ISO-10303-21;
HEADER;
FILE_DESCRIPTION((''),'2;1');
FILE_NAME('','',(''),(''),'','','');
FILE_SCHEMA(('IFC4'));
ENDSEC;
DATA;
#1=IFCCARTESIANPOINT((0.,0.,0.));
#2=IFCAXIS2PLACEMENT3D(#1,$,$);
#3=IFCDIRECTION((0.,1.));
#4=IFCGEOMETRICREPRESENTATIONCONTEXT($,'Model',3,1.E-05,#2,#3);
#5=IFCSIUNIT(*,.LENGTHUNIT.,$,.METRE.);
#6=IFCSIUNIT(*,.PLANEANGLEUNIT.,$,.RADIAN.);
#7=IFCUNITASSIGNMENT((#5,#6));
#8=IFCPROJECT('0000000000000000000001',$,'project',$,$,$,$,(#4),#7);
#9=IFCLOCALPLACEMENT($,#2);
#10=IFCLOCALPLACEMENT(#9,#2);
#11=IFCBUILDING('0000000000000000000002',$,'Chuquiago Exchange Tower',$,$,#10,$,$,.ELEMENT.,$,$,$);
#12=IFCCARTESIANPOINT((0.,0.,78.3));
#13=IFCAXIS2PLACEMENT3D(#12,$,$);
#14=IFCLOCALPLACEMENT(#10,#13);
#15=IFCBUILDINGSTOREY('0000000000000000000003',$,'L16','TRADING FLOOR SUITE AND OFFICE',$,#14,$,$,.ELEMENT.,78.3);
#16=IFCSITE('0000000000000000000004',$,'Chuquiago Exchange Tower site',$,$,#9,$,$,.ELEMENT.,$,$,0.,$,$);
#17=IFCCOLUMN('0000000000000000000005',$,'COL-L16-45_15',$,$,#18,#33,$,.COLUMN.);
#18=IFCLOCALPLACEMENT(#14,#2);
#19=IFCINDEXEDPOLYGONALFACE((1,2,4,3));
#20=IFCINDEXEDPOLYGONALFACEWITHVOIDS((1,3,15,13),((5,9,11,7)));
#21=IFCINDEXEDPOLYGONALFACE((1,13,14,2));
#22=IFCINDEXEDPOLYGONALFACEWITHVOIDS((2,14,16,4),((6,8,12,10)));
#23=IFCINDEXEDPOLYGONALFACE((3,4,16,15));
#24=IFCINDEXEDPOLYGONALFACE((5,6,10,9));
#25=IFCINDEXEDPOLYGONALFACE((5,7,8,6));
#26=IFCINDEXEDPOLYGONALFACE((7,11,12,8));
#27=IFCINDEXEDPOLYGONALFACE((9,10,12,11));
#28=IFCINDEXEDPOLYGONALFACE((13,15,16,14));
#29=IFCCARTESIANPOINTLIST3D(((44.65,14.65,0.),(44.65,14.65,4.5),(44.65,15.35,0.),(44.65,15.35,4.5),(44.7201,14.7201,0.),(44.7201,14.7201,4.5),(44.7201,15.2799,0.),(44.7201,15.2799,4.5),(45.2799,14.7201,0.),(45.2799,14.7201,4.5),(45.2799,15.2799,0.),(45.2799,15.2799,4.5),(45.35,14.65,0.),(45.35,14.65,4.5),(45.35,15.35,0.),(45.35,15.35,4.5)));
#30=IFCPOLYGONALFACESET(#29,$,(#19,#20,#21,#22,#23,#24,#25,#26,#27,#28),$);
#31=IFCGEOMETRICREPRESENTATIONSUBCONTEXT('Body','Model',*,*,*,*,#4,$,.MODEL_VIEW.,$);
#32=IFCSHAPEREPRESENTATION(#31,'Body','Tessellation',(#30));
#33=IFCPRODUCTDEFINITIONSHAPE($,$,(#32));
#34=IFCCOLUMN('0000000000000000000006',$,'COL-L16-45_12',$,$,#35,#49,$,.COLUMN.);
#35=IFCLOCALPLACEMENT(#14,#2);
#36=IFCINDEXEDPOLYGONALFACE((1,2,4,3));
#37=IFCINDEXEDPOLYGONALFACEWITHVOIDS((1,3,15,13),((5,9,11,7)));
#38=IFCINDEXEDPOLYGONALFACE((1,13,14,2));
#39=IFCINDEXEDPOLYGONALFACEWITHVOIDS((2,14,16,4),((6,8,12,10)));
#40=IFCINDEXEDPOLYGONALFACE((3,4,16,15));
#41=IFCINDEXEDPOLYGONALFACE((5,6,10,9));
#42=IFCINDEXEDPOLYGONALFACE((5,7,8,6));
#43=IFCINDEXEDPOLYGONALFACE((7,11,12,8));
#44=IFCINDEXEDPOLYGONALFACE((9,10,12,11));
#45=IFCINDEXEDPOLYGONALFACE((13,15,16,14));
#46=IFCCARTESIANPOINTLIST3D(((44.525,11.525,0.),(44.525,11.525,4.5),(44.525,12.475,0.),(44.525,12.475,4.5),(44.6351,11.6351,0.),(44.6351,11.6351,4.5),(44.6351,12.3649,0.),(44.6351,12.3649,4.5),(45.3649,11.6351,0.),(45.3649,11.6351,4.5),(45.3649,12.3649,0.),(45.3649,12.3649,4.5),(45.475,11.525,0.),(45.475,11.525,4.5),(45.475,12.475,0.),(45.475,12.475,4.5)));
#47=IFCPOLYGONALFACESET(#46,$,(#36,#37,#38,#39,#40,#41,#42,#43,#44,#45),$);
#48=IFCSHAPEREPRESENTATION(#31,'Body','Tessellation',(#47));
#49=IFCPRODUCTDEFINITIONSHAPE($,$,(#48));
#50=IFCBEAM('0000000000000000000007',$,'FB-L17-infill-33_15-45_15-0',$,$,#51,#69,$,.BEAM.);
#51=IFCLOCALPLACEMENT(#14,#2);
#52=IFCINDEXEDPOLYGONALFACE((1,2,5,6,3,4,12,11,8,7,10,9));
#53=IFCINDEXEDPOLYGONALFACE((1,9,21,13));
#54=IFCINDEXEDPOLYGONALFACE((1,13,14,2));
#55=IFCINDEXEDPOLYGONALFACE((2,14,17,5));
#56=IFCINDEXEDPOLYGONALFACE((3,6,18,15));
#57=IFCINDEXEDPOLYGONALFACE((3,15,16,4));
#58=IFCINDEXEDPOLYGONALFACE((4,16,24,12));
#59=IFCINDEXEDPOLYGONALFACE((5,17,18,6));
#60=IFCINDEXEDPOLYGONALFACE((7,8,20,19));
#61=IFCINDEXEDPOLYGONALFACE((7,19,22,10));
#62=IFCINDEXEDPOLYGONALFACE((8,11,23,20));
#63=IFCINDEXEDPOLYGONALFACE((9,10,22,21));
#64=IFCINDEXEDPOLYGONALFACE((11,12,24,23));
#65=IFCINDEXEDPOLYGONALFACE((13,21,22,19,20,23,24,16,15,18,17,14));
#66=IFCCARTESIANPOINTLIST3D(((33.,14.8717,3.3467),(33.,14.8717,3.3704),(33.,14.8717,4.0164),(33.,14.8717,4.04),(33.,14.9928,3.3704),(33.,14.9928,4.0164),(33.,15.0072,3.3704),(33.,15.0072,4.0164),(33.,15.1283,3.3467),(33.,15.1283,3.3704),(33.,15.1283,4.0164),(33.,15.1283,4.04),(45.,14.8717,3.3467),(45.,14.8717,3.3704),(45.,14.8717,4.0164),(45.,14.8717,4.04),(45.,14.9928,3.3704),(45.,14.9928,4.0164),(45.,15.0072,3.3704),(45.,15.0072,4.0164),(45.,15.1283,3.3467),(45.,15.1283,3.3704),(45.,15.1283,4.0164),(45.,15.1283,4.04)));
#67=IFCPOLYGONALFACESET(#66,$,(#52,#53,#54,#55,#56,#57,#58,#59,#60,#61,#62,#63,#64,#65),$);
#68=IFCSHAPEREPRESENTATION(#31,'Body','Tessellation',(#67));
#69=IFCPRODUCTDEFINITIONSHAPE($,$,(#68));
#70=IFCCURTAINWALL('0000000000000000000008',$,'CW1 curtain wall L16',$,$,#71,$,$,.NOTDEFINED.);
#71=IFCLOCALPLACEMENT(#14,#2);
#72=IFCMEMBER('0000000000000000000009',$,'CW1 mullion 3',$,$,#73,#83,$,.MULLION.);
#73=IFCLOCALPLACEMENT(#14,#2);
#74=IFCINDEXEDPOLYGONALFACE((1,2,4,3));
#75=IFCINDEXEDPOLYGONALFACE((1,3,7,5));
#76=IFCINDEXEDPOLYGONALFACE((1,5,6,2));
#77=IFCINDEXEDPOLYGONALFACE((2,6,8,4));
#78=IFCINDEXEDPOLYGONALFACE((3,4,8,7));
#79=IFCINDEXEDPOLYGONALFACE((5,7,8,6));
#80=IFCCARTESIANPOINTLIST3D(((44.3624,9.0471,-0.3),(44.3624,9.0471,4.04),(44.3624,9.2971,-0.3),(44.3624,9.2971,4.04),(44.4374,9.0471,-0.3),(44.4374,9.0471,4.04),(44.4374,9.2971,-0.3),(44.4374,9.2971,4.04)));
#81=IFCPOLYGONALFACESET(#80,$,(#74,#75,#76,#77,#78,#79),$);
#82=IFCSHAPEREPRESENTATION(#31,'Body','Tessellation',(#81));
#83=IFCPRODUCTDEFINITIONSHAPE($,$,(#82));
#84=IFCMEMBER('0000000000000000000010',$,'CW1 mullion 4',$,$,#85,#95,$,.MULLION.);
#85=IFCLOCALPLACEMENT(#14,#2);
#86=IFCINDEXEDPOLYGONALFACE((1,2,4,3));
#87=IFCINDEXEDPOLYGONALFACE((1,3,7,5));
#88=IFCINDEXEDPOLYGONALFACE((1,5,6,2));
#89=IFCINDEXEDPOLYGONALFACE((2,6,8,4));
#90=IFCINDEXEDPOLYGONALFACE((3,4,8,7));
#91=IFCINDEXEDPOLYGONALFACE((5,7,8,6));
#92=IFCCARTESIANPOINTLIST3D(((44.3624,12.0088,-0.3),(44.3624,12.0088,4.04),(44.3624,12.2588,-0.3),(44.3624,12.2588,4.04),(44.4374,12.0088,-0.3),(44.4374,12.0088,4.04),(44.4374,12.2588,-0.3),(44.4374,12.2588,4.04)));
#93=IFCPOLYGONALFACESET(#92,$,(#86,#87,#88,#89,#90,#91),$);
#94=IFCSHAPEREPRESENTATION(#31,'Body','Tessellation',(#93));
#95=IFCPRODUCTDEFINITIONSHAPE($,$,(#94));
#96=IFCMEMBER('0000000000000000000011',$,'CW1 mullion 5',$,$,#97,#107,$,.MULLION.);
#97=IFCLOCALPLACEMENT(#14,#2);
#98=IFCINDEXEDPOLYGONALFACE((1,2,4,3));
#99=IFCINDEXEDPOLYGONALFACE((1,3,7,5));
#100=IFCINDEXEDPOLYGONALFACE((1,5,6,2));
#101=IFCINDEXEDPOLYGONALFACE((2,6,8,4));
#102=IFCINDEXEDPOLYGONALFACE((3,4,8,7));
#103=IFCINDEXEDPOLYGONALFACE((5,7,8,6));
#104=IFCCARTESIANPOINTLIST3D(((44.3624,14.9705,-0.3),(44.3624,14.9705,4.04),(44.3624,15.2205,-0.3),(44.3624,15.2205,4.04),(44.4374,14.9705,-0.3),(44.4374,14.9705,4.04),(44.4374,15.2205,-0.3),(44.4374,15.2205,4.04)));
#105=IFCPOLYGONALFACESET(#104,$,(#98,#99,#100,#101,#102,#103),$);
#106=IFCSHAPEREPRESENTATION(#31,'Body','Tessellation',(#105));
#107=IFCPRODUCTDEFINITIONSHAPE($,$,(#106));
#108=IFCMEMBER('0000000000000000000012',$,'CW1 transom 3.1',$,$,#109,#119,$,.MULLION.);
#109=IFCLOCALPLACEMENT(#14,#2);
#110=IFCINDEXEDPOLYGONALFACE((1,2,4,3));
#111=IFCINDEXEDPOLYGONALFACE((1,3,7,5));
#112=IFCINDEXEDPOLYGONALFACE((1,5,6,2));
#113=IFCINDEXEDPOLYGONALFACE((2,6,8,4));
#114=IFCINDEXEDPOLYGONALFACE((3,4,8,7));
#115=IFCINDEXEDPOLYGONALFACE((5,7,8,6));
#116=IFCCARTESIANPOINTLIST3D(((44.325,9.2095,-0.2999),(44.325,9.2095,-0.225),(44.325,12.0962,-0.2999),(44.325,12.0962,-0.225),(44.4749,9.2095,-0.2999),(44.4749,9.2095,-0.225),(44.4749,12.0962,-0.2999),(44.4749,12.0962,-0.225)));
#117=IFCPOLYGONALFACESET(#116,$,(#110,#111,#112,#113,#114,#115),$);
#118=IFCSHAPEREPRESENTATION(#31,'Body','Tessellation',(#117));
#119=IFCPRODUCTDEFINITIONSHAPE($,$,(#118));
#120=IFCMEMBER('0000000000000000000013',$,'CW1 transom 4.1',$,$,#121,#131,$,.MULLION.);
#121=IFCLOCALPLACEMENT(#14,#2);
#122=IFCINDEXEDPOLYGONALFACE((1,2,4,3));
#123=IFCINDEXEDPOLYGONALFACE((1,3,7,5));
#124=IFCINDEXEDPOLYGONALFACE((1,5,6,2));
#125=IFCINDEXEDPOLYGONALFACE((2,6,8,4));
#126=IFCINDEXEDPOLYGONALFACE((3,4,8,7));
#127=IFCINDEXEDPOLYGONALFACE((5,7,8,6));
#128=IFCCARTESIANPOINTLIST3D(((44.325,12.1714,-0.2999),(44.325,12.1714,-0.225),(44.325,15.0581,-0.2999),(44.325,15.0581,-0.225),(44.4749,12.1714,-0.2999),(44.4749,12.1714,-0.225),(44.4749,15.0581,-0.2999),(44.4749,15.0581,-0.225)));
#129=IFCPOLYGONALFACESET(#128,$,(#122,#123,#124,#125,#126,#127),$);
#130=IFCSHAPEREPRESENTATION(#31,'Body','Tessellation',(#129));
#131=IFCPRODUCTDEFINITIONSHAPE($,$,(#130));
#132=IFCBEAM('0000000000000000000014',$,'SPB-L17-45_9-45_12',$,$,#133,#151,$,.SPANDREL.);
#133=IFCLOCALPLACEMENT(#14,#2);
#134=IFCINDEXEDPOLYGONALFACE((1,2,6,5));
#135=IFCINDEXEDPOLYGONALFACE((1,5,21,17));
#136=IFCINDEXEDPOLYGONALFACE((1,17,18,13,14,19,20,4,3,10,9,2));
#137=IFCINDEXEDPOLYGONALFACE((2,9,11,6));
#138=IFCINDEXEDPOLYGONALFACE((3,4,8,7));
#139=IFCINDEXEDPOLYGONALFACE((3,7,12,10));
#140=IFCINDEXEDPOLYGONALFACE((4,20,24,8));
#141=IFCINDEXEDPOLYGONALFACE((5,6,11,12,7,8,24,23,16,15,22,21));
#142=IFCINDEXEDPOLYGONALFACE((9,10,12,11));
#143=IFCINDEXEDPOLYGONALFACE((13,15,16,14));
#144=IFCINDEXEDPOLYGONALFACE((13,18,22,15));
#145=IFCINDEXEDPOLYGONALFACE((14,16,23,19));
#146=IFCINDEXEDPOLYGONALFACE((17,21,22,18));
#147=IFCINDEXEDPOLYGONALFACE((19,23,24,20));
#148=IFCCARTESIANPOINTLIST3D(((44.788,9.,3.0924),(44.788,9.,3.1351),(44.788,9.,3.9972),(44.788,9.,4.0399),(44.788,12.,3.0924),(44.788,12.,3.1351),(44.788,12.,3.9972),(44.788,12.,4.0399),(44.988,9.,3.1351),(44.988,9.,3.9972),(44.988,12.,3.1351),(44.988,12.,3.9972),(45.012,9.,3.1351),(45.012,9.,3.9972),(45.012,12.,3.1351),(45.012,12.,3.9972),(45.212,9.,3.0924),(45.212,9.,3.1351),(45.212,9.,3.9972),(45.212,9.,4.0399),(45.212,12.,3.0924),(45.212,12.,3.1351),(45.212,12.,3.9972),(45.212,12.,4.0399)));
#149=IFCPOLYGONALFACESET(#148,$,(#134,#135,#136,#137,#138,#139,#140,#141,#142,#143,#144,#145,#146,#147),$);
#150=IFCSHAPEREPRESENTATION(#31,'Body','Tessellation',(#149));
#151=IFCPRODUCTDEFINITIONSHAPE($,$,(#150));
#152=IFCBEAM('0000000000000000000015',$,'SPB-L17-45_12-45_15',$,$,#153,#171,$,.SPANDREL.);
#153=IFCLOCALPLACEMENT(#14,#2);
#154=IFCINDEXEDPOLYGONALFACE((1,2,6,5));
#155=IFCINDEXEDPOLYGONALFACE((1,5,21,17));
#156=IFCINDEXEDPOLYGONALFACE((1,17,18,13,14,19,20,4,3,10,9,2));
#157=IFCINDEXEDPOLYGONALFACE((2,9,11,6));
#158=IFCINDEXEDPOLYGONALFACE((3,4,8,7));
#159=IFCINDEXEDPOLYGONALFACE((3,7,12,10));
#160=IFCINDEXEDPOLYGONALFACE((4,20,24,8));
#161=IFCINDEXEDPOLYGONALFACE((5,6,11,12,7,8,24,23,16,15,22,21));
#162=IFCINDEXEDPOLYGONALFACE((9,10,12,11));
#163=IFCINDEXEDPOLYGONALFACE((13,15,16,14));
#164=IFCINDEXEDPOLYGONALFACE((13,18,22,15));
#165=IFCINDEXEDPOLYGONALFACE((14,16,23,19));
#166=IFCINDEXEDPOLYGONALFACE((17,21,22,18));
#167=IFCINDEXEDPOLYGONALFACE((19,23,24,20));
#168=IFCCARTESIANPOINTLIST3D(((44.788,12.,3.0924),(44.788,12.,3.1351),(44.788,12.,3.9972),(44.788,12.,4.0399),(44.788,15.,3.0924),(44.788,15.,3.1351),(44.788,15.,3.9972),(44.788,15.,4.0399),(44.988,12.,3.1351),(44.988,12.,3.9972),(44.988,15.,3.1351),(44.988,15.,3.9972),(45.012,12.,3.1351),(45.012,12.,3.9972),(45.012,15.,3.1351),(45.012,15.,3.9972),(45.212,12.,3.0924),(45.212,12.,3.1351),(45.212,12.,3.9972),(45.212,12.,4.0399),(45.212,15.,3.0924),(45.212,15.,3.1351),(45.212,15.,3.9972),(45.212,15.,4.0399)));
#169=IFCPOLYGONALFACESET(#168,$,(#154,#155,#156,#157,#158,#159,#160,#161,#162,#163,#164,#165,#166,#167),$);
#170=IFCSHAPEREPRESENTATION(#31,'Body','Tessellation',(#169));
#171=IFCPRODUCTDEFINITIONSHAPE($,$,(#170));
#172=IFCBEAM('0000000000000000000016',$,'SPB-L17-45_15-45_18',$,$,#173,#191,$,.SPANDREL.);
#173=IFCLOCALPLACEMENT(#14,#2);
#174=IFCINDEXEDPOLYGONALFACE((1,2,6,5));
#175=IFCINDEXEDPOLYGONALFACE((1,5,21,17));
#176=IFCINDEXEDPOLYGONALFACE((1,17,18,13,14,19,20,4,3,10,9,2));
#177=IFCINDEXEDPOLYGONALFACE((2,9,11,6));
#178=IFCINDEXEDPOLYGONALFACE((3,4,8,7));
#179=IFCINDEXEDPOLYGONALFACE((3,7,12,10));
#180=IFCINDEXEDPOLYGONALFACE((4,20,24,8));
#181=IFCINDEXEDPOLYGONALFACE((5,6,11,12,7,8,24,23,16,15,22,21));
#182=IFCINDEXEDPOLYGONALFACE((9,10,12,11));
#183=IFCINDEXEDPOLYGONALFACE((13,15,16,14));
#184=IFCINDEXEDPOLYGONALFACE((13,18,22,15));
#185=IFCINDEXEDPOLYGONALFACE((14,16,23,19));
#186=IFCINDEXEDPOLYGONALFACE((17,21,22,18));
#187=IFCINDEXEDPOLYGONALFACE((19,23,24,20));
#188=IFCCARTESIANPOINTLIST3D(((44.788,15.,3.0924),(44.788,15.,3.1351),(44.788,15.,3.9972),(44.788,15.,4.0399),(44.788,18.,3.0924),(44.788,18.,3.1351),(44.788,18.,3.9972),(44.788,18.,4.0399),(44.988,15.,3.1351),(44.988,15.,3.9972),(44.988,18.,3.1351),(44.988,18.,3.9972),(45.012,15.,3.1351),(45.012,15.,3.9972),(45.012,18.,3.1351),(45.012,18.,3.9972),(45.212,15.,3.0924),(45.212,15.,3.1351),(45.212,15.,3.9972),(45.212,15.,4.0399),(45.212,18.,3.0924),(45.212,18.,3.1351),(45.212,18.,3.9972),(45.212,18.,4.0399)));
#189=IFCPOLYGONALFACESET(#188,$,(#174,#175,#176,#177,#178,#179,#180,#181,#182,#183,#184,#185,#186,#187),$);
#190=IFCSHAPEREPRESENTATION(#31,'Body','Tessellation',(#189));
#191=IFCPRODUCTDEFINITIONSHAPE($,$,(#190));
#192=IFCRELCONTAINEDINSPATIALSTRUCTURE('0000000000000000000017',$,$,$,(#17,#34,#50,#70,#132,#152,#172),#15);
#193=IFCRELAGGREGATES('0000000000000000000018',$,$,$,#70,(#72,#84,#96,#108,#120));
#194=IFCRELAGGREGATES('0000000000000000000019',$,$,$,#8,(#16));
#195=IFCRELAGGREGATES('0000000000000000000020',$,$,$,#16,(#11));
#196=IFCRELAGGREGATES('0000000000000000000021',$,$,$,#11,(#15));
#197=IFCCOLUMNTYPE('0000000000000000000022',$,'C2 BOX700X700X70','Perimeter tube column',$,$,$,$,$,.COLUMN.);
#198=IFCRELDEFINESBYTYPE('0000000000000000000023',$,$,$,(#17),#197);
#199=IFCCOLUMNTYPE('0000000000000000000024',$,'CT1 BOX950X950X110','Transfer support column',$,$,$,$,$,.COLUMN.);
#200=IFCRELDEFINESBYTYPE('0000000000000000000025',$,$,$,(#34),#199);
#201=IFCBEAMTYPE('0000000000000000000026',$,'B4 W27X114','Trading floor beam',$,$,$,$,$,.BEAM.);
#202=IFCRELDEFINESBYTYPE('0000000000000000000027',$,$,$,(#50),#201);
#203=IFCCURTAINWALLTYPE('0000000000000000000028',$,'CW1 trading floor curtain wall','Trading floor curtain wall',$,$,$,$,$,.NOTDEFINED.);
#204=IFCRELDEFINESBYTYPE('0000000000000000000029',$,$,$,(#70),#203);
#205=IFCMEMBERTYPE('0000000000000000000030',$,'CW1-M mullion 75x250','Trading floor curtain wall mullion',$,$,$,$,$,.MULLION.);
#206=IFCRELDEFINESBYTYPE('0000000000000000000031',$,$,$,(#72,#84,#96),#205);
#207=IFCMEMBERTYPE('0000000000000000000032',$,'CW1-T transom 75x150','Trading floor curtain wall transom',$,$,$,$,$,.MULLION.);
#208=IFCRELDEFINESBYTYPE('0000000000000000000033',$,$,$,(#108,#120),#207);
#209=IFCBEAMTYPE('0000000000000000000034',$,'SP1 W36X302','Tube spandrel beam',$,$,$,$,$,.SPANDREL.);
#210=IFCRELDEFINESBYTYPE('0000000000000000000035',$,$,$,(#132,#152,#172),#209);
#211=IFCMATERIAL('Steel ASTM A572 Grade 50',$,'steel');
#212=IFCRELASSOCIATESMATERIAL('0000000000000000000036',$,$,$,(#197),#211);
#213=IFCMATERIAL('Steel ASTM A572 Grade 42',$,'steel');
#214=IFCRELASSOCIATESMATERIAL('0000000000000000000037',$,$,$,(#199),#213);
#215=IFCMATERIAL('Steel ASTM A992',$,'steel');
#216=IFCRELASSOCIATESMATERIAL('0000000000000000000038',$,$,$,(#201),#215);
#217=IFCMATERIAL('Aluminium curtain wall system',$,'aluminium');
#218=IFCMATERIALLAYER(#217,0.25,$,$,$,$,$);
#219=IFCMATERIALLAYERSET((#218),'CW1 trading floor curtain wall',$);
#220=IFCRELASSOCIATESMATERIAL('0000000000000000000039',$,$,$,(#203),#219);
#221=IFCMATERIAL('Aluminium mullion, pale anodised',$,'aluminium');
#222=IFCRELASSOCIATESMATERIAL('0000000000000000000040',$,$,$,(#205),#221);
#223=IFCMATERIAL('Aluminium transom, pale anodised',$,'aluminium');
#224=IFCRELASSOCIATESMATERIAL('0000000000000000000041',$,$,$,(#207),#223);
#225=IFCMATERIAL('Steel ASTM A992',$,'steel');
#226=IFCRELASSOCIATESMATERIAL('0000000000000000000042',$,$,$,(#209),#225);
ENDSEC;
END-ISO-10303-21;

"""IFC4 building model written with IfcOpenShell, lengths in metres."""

from ifc_helpers import new_model, si_unit, direction, frame, origin, origin_2d, place, context, subcontext, project, spatial, rectangle, hollow_rectangle, i_section, extrude, material, layer, layer_set, material_profile, profile_set, type_object, element, aggregate, save


model = new_model("IFC4")

# Units and contexts
model_context = context("Model", 3, precision=1e-05, world=origin(), true_north=direction((0.0, 1.0)))
body_context = subcontext(model_context, "Body", "Model", "MODEL_VIEW")
ifc_project = project(units=[si_unit("LENGTHUNIT", "METRE"), si_unit("PLANEANGLEUNIT", "RADIAN")], contexts=[model_context])

# Site, building, storey
site_placement = place(None, origin())
site = spatial("IfcSite", under=ifc_project, at=site_placement, Name="Chuquiago Exchange Tower site", CompositionType="ELEMENT", RefElevation=0.0)
building_placement = place(site_placement, origin())
building = spatial("IfcBuilding", under=site, at=building_placement, Name="Chuquiago Exchange Tower", CompositionType="ELEMENT")
storey_placement = place(building_placement, frame((0.0, 0.0, 78.3)))
storey = spatial("IfcBuildingStorey", under=building, at=storey_placement, Name="L16", Description="TRADING FLOOR SUITE AND OFFICE", CompositionType="ELEMENT", Elevation=78.3)

# Columns
ifc_material_1 = material(Name="Steel ASTM A572 Grade 50", Category="steel")
ifc_material_profile_1 = material_profile(ifc_material_1, hollow_rectangle(XDim=0.7, YDim=0.7, WallThickness=0.0701, at=origin_2d()), Name="BOX700X700X70")
ifc_profile_set_1 = profile_set([ifc_material_profile_1], Name="Steel ASTM A572 Grade 50")
column_type_1 = type_object("IfcColumnType", Name="C2 BOX700X700X70", Description="Perimeter tube column", PredefinedType="COLUMN", material=ifc_profile_set_1)
column_1_placement = place(storey_placement, frame((45.0, 15.0, 0.0), z_axis=(0.0, 0.0, 1.0), x_axis=(1.0, 0.0, 0.0)))
element("IfcColumn", 1, at=column_1_placement, inside=storey, type_object=column_type_1, Name="COL-L16-45_15", PredefinedType="COLUMN", context=body_context, shape_type="SweptSolid", body=[
    extrude(hollow_rectangle(XDim=0.7, YDim=0.7, WallThickness=0.0701, at=origin_2d()), origin(), (0.0, 0.0, 1.0), 4.5),
])
ifc_material_2 = material(Name="Steel ASTM A572 Grade 42", Category="steel")
ifc_material_profile_2 = material_profile(ifc_material_2, hollow_rectangle(XDim=0.95, YDim=0.95, WallThickness=0.1101, at=origin_2d()), Name="BOX950X950X110")
ifc_profile_set_2 = profile_set([ifc_material_profile_2], Name="Steel ASTM A572 Grade 42")
column_type_2 = type_object("IfcColumnType", Name="CT1 BOX950X950X110", Description="Transfer support column", PredefinedType="COLUMN", material=ifc_profile_set_2)
column_2_placement = place(storey_placement, frame((45.0, 12.0, 0.0), z_axis=(0.0, 0.0, 1.0), x_axis=(1.0, 0.0, 0.0)))
element("IfcColumn", 2, at=column_2_placement, inside=storey, type_object=column_type_2, Name="COL-L16-45_12", PredefinedType="COLUMN", context=body_context, shape_type="SweptSolid", body=[
    extrude(hollow_rectangle(XDim=0.95, YDim=0.95, WallThickness=0.1101, at=origin_2d()), origin(), (0.0, 0.0, 1.0), 4.5),
])

# Beam
ifc_material_3 = material(Name="Steel ASTM A992", Category="steel")
ifc_material_profile_3 = material_profile(ifc_material_3, i_section(OverallWidth=0.2566, OverallDepth=0.6934, WebThickness=0.0144, FlangeThickness=0.0237, at=origin_2d()), Name="W27X114")
ifc_profile_set_3 = profile_set([ifc_material_profile_3], Name="Steel ASTM A992")
beam_type_1 = type_object("IfcBeamType", Name="B4 W27X114", Description="Trading floor beam", PredefinedType="BEAM", material=ifc_profile_set_3)
beam_placement = place(storey_placement, frame((33.0, 15.0, 3.6934), z_axis=(1.0, 0.0, 0.0), x_axis=(0.0, 1.0, 0.0)))
element("IfcBeam", 3, at=beam_placement, inside=storey, type_object=beam_type_1, Name="FB-L17-infill-33_15-45_15-0", PredefinedType="BEAM", context=body_context, shape_type="SweptSolid", body=[
    extrude(i_section(OverallWidth=0.2566, OverallDepth=0.6934, WebThickness=0.0144, FlangeThickness=0.0237, at=origin_2d()), origin(), (0.0, 0.0, 1.0), 12.0),
])

# Curtain wall, members
ifc_material_4 = material(Name="Aluminium curtain wall system", Category="aluminium")
ifc_layer_1 = layer(ifc_material_4, 0.25)
ifc_layer_set_1 = layer_set([ifc_layer_1], Name="CW1 trading floor curtain wall")
curtain_wall_type = type_object("IfcCurtainWallType", Name="CW1 trading floor curtain wall", Description="Trading floor curtain wall", PredefinedType="NOTDEFINED", material=ifc_layer_set_1)
curtain_wall_placement = place(storey_placement, origin())
curtain_wall = element("IfcCurtainWall", 4, at=curtain_wall_placement, inside=storey, type_object=curtain_wall_type, Name="CW1 curtain wall L16", PredefinedType="NOTDEFINED")
ifc_material_5 = material(Name="Aluminium mullion, pale anodised", Category="aluminium")
ifc_material_profile_4 = material_profile(ifc_material_5, rectangle(XDim=0.075, YDim=0.25, at=origin_2d()), Name="AL 75x250")
ifc_profile_set_4 = profile_set([ifc_material_profile_4], Name="Aluminium mullion, pale anodised")
member_type_1 = type_object("IfcMemberType", Name="CW1-M mullion 75x250", Description="Trading floor curtain wall mullion", PredefinedType="MULLION", material=ifc_profile_set_4)
member_1_placement = place(storey_placement, frame((44.3999, 9.1721, -0.3), z_axis=(0.0, 0.0, 1.0), x_axis=(-1.0, 0.0, 0.0)))
member_1 = element("IfcMember", 5, at=member_1_placement, type_object=member_type_1, Name="CW1 mullion 3", PredefinedType="MULLION", context=body_context, shape_type="SweptSolid", body=[
    extrude(rectangle(XDim=0.075, YDim=0.25, at=origin_2d()), origin(), (0.0, 0.0, 1.0), 4.3401),
])
member_2_placement = place(storey_placement, frame((44.3999, 12.1338, -0.3), z_axis=(0.0, 0.0, 1.0), x_axis=(-1.0, 0.0, 0.0)))
member_2 = element("IfcMember", 6, at=member_2_placement, type_object=member_type_1, Name="CW1 mullion 4", PredefinedType="MULLION", context=body_context, shape_type="SweptSolid", body=[
    extrude(rectangle(XDim=0.075, YDim=0.25, at=origin_2d()), origin(), (0.0, 0.0, 1.0), 4.3401),
])
member_3_placement = place(storey_placement, frame((44.3999, 15.0955, -0.3), z_axis=(0.0, 0.0, 1.0), x_axis=(-1.0, 0.0, 0.0)))
member_3 = element("IfcMember", 7, at=member_3_placement, type_object=member_type_1, Name="CW1 mullion 5", PredefinedType="MULLION", context=body_context, shape_type="SweptSolid", body=[
    extrude(rectangle(XDim=0.075, YDim=0.25, at=origin_2d()), origin(), (0.0, 0.0, 1.0), 4.3401),
])
ifc_material_6 = material(Name="Aluminium transom, pale anodised", Category="aluminium")
ifc_material_profile_5 = material_profile(ifc_material_6, rectangle(XDim=0.1499, YDim=0.075, at=origin_2d()), Name="AL 150x75")
ifc_profile_set_5 = profile_set([ifc_material_profile_5], Name="Aluminium transom, pale anodised")
member_type_2 = type_object("IfcMemberType", Name="CW1-T transom 75x150", Description="Trading floor curtain wall transom", PredefinedType="MULLION", material=ifc_profile_set_5)
member_4_placement = place(storey_placement, frame((44.3999, 9.2095, -0.2625), z_axis=(0.0, 1.0, 0.0), x_axis=(-1.0, 0.0, 0.0)))
member_4 = element("IfcMember", 8, at=member_4_placement, type_object=member_type_2, Name="CW1 transom 3.1", PredefinedType="MULLION", context=body_context, shape_type="SweptSolid", body=[
    extrude(rectangle(XDim=0.1499, YDim=0.075, at=origin_2d()), origin(), (0.0, 0.0, 1.0), 2.8867),
])
member_5_placement = place(storey_placement, frame((44.3999, 12.1714, -0.2625), z_axis=(0.0, 1.0, 0.0), x_axis=(-1.0, 0.0, 0.0)))
member_5 = element("IfcMember", 9, at=member_5_placement, type_object=member_type_2, Name="CW1 transom 4.1", PredefinedType="MULLION", context=body_context, shape_type="SweptSolid", body=[
    extrude(rectangle(XDim=0.1499, YDim=0.075, at=origin_2d()), origin(), (0.0, 0.0, 1.0), 2.8867),
])

# Beams
ifc_material_7 = material(Name="Steel ASTM A992", Category="steel")
ifc_material_profile_6 = material_profile(ifc_material_7, i_section(OverallWidth=0.4241, OverallDepth=0.9475, WebThickness=0.0239, FlangeThickness=0.0427, at=origin_2d()), Name="W36X302")
ifc_profile_set_6 = profile_set([ifc_material_profile_6], Name="Steel ASTM A992")
beam_type_2 = type_object("IfcBeamType", Name="SP1 W36X302", Description="Tube spandrel beam", PredefinedType="SPANDREL", material=ifc_profile_set_6)
for number, where, z_axis, x_axis, name in (
    (10, (45.0, 9.0, 3.5662), (0.0, 1.0, 0.0), (-1.0, 0.0, 0.0), "SPB-L17-45_9-45_12"),
    (11, (45.0, 12.0, 3.5662), (0.0, 1.0, 0.0), (-1.0, 0.0, 0.0), "SPB-L17-45_12-45_15"),
    (12, (45.0, 15.0, 3.5662), (0.0, 1.0, 0.0), (-1.0, 0.0, 0.0), "SPB-L17-45_15-45_18"),
):
    element("IfcBeam", number, at=place(storey_placement, frame(where, z_axis=z_axis, x_axis=x_axis)), inside=storey, type_object=beam_type_2, Name=name, PredefinedType="SPANDREL", context=body_context, shape_type="SweptSolid", body=[
        extrude(i_section(OverallWidth=0.4241, OverallDepth=0.9475, WebThickness=0.0239, FlangeThickness=0.0427, at=origin_2d()), origin(), (0.0, 0.0, 1.0), 3.0),
    ])

aggregate(curtain_wall, [member_1, member_2, member_3, member_4, member_5])

save(model, "model.ifc")
